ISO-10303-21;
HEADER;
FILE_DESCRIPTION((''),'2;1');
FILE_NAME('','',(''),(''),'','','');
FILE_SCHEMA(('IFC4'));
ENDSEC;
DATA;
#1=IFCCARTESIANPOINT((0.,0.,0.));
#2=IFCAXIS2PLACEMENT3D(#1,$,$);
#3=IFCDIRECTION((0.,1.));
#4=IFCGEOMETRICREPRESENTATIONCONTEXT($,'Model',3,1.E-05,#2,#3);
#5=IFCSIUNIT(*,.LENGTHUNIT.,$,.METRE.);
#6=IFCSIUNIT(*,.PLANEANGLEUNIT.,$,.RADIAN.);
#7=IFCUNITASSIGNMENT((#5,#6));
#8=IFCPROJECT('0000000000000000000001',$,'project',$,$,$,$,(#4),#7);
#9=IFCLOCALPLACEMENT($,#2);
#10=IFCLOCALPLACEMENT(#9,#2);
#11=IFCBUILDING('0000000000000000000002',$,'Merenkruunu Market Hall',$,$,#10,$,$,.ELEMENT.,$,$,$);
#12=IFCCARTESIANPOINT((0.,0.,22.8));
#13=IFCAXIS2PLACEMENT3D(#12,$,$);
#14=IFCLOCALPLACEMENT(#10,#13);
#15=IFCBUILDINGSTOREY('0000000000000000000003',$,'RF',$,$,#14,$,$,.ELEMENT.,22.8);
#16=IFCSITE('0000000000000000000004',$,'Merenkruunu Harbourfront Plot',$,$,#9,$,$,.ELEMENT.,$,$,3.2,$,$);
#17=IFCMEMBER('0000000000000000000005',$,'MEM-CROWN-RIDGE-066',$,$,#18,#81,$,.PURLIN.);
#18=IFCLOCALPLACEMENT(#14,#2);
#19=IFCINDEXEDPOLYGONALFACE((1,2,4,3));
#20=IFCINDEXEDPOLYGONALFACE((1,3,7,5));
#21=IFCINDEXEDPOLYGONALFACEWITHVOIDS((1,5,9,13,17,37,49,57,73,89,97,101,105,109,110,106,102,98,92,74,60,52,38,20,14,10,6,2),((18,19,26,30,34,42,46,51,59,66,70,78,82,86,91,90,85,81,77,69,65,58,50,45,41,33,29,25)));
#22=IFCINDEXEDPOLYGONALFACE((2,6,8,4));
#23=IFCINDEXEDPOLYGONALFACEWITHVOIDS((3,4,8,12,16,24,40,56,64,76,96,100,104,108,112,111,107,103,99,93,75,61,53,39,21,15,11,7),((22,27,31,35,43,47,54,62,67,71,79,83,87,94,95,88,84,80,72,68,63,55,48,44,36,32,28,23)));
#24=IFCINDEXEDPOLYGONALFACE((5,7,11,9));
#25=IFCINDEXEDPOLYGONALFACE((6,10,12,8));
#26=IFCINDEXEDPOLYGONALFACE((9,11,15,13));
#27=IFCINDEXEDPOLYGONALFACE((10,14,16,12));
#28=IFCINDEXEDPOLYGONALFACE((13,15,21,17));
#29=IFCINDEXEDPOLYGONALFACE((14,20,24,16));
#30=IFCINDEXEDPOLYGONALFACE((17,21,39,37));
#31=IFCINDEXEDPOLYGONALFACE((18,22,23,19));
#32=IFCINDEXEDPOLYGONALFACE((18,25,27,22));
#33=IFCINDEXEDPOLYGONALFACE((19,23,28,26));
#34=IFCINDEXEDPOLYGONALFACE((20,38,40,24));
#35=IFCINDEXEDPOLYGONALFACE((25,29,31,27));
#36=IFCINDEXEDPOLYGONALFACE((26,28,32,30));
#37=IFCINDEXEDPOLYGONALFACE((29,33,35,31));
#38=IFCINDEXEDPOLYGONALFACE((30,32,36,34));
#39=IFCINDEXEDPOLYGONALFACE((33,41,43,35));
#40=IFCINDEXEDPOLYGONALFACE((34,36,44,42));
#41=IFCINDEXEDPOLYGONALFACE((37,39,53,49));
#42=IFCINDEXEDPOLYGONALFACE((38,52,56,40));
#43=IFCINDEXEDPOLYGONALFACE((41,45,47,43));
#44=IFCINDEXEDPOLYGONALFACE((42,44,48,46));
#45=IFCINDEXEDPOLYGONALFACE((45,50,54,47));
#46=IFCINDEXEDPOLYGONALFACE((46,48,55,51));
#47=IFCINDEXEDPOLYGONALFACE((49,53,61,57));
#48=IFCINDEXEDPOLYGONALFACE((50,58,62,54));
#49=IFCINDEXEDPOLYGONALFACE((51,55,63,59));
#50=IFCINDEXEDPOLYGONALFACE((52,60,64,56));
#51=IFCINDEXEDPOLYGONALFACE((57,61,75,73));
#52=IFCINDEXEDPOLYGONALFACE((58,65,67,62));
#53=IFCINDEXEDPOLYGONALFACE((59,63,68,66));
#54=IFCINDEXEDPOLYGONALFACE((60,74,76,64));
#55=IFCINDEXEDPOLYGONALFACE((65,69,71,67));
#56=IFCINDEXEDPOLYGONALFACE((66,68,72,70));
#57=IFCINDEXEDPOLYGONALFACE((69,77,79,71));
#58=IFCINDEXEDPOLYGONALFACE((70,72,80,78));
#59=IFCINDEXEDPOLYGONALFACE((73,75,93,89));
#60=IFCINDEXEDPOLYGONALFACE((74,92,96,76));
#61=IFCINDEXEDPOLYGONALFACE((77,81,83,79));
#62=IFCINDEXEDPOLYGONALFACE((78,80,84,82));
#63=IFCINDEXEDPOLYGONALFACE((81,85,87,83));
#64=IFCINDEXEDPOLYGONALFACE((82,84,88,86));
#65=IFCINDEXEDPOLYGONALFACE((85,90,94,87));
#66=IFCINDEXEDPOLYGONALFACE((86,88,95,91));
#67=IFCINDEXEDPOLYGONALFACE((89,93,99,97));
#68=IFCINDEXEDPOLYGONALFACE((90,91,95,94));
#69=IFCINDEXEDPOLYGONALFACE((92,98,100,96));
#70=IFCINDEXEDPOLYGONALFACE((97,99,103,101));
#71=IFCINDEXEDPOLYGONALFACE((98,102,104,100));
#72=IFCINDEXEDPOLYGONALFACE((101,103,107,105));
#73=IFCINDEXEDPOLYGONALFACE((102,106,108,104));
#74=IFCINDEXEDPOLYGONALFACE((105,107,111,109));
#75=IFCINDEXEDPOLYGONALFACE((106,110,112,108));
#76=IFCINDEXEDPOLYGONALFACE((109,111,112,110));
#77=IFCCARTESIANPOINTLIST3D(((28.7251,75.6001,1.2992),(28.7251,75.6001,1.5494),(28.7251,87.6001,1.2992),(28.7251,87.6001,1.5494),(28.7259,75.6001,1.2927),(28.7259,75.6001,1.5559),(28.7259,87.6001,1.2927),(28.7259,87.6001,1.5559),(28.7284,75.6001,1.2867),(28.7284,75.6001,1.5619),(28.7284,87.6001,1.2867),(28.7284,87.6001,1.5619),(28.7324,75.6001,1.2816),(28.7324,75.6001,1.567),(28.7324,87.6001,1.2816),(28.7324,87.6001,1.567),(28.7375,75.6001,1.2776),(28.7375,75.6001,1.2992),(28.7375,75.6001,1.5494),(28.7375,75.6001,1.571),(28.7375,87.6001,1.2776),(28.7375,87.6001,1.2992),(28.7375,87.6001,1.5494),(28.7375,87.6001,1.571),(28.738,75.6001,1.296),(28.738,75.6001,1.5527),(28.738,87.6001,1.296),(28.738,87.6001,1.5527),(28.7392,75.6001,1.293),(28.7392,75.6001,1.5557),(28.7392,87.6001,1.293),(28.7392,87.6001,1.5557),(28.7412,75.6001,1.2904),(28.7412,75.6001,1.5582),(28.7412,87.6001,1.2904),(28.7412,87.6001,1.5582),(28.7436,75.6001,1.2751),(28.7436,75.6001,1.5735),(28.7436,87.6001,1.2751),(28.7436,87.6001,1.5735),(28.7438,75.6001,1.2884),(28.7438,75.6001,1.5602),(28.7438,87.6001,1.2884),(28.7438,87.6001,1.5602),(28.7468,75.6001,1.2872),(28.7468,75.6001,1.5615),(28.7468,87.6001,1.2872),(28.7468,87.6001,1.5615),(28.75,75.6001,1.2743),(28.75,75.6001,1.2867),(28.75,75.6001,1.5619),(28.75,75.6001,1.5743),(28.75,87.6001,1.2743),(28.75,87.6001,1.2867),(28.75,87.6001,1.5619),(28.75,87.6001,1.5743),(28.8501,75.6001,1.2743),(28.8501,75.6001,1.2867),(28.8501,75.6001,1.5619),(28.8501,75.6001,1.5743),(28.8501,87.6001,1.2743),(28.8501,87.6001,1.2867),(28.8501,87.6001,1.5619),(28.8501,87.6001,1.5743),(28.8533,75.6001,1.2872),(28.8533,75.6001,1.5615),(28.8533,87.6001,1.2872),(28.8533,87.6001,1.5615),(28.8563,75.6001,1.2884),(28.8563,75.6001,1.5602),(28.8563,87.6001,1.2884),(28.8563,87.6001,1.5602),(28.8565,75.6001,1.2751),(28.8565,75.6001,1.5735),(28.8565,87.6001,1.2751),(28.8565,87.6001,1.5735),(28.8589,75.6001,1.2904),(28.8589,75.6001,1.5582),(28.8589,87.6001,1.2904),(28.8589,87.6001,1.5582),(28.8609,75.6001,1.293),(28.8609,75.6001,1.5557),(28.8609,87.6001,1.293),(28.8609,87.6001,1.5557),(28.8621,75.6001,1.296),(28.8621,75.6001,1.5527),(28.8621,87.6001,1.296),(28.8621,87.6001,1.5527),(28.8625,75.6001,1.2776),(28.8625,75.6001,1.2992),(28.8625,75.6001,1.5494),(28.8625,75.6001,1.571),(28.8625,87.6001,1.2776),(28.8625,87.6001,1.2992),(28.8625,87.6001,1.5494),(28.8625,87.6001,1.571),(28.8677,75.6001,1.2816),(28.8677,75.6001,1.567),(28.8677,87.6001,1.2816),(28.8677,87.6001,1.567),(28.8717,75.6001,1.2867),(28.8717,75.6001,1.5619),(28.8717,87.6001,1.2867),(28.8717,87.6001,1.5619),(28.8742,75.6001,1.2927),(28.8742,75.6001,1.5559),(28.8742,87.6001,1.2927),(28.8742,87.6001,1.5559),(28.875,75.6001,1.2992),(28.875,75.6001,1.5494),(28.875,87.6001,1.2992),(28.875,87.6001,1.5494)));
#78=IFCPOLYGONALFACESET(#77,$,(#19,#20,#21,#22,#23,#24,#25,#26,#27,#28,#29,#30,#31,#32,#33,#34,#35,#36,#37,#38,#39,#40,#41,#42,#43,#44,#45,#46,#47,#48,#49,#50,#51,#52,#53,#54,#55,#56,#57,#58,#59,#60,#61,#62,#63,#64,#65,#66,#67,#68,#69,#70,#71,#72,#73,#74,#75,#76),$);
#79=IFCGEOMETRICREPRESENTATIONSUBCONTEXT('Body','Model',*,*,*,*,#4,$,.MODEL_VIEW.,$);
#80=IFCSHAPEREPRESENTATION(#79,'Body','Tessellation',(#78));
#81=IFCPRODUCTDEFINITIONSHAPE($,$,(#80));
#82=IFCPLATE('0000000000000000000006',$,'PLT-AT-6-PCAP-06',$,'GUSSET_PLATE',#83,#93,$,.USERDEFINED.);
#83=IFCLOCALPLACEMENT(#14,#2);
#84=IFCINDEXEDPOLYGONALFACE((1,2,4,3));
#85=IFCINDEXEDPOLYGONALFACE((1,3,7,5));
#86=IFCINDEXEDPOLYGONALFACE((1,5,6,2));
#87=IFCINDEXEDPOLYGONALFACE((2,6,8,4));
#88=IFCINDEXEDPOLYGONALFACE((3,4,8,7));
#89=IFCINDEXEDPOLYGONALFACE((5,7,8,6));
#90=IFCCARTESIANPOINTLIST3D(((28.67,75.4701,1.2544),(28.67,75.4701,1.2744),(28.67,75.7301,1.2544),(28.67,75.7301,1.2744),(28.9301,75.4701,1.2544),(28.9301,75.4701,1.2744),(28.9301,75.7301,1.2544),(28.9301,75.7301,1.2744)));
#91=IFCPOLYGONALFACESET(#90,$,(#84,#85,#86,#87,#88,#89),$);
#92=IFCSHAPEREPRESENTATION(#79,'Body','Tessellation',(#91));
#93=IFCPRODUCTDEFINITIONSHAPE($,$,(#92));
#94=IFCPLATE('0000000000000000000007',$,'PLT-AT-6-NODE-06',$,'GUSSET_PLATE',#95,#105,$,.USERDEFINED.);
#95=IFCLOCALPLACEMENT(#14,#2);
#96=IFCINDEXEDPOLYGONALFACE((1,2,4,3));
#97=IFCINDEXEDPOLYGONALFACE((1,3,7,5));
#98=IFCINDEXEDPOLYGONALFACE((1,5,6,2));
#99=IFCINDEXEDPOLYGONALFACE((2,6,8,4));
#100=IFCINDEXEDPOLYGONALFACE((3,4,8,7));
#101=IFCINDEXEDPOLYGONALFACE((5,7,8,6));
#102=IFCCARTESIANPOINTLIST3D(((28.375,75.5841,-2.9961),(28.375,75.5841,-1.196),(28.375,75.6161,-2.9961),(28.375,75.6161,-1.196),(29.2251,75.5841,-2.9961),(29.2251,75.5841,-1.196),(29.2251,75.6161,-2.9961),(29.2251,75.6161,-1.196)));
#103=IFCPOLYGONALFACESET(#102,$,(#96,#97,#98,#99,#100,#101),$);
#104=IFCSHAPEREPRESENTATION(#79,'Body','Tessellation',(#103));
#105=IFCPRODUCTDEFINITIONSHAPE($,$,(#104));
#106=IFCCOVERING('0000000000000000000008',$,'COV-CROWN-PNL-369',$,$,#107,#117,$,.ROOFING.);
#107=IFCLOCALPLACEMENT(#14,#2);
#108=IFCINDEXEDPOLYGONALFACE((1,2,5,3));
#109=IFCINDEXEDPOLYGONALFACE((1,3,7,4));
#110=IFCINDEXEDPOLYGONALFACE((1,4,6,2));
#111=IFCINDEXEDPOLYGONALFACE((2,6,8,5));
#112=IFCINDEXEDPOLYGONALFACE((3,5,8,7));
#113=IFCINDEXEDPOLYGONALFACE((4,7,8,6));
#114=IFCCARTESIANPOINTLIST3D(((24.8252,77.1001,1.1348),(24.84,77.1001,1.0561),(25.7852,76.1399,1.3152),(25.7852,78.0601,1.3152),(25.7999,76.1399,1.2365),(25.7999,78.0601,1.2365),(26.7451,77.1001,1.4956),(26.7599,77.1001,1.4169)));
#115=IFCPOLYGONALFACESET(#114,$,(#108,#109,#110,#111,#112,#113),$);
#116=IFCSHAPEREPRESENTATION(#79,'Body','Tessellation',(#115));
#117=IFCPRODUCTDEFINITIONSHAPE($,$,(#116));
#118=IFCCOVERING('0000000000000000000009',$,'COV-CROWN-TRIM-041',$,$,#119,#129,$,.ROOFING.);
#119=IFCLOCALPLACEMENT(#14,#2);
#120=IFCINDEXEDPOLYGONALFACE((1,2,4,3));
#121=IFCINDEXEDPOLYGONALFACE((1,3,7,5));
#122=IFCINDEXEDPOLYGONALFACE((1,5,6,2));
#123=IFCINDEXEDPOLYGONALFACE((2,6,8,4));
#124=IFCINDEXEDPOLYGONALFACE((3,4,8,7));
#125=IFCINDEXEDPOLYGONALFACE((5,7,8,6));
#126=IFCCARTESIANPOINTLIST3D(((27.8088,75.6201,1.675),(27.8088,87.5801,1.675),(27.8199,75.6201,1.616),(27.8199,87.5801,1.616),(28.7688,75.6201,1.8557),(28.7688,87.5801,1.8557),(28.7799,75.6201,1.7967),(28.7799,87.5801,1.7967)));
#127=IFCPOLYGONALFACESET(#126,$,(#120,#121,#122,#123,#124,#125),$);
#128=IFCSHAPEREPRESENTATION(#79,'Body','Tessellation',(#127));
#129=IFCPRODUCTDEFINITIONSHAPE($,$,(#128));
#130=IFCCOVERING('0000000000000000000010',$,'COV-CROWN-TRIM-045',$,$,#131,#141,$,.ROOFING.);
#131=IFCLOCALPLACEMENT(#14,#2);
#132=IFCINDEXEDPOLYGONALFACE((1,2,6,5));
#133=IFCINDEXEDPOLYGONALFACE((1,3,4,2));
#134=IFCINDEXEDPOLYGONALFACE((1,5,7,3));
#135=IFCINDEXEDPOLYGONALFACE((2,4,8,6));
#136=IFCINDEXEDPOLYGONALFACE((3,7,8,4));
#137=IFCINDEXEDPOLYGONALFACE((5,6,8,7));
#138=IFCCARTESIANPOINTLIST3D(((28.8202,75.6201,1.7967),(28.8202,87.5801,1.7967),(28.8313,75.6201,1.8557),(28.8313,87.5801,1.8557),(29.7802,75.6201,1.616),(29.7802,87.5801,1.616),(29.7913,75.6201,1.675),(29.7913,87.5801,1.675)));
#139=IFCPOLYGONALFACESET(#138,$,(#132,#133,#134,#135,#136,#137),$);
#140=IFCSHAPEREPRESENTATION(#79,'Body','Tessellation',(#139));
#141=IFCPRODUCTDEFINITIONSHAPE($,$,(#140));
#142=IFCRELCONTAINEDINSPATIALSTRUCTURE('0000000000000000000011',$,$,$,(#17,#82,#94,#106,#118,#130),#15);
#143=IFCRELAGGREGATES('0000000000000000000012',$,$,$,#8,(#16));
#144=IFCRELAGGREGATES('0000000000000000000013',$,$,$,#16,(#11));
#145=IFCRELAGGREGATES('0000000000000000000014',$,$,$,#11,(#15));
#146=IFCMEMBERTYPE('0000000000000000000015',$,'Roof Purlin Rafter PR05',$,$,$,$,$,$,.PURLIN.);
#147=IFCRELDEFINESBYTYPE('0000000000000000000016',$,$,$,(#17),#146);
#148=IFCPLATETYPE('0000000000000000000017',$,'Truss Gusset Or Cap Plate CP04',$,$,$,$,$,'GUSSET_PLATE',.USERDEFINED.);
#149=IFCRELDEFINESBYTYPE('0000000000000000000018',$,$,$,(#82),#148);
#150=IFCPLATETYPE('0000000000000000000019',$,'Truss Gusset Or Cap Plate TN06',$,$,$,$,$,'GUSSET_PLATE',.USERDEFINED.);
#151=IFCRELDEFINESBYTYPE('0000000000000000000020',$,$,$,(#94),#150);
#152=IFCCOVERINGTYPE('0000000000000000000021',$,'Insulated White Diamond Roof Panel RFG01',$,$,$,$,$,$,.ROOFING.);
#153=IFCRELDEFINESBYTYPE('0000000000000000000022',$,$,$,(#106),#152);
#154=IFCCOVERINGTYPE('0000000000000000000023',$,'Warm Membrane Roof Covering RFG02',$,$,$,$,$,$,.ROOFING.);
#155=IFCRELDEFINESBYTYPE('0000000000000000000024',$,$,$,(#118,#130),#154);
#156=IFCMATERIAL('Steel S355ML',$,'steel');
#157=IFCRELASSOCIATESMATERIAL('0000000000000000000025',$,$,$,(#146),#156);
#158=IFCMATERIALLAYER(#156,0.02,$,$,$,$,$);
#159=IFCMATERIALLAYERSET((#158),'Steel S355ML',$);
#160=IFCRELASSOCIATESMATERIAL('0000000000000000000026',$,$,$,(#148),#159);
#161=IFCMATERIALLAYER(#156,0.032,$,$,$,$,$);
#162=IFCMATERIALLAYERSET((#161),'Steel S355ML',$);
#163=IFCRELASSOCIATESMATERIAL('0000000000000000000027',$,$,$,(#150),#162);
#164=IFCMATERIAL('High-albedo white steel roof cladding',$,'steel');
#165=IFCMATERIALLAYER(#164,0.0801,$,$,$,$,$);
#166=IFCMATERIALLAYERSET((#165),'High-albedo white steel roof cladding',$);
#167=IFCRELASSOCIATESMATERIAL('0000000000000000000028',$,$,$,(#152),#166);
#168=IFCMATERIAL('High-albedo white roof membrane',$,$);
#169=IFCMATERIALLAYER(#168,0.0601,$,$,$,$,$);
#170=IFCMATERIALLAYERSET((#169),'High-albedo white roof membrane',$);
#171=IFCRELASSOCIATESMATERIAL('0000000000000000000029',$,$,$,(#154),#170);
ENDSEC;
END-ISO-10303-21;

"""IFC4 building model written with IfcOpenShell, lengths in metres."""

from ifc_helpers import new_model, si_unit, direction, frame, origin, origin_2d, place, context, subcontext, project, spatial, polyline, rectangle, hollow_rectangle, outline, extrude, material, layer, layer_set, material_profile, profile_set, type_object, element, save


model = new_model("IFC4")

# Units and contexts
model_context = context("Model", 3, precision=1e-05, world=origin(), true_north=direction((0.0, 1.0)))
body_context = subcontext(model_context, "Body", "Model", "MODEL_VIEW")
ifc_project = project(units=[si_unit("LENGTHUNIT", "METRE"), si_unit("PLANEANGLEUNIT", "RADIAN")], contexts=[model_context])

# Site, building, storey
site_placement = place(None, origin())
site = spatial("IfcSite", under=ifc_project, at=site_placement, Name="Merenkruunu Harbourfront Plot", CompositionType="ELEMENT", RefElevation=3.2)
building_placement = place(site_placement, origin())
building = spatial("IfcBuilding", under=site, at=building_placement, Name="Merenkruunu Market Hall", CompositionType="ELEMENT")
storey_placement = place(building_placement, frame((0.0, 0.0, 22.8)))
storey = spatial("IfcBuildingStorey", under=building, at=storey_placement, Name="RF", CompositionType="ELEMENT", Elevation=22.8)

# Member
ifc_material_1 = material(Name="Steel S355ML", Category="steel")
ifc_material_profile_1 = material_profile(ifc_material_1, hollow_rectangle(XDim=0.1499, YDim=0.3, WallThickness=0.0125, InnerFilletRadius=0.0125, OuterFilletRadius=0.0249, at=origin_2d()), Name="RHS 300x150x12.5")
ifc_profile_set_1 = profile_set([ifc_material_profile_1], Name="Steel S355ML")
member_type_1 = type_object("IfcMemberType", Name="Roof Purlin Rafter PR05", PredefinedType="PURLIN", material=ifc_profile_set_1)
member_1_placement = place(storey_placement, frame((28.8, 75.6001, 1.4243), z_axis=(0.0, 1.0, 0.0), x_axis=(-1.0, 0.0, 0.0)))
element("IfcMember", 1, at=member_1_placement, inside=storey, type_object=member_type_1, Name="MEM-CROWN-RIDGE-066", PredefinedType="PURLIN", context=body_context, shape_type="SweptSolid", body=[
    extrude(hollow_rectangle(XDim=0.1499, YDim=0.3, WallThickness=0.0125, InnerFilletRadius=0.0125, OuterFilletRadius=0.0249, at=origin_2d()), origin(), (0.0, 0.0, 1.0), 12.0),
])

# Plates
ifc_layer_1 = layer(ifc_material_1, 0.02)
ifc_layer_set_1 = layer_set([ifc_layer_1], Name="Steel S355ML")
plate_type_1 = type_object("IfcPlateType", Name="Truss Gusset Or Cap Plate CP04", ElementType="GUSSET_PLATE", PredefinedType="USERDEFINED", material=ifc_layer_set_1)
plate_1_placement = place(storey_placement, frame((28.8, 75.6001, 1.2544), z_axis=(0.0, 0.0, 1.0), x_axis=(1.0, 0.0, 0.0)))
element("IfcPlate", 2, at=plate_1_placement, inside=storey, type_object=plate_type_1, Name="PLT-AT-6-PCAP-06", ObjectType="GUSSET_PLATE", PredefinedType="USERDEFINED", context=body_context, shape_type="SweptSolid", body=[
    extrude(rectangle(XDim=0.26, YDim=0.26, at=origin_2d()), origin(), (0.0, 0.0, 1.0), 0.02),
])
ifc_layer_2 = layer(ifc_material_1, 0.032)
ifc_layer_set_2 = layer_set([ifc_layer_2], Name="Steel S355ML")
plate_type_2 = type_object("IfcPlateType", Name="Truss Gusset Or Cap Plate TN06", ElementType="GUSSET_PLATE", PredefinedType="USERDEFINED", material=ifc_layer_set_2)
plate_2_placement = place(storey_placement, frame((28.8, 75.6001, -2.9961), z_axis=(0.0, 0.0, 1.0), x_axis=(1.0, 0.0, 0.0)))
element("IfcPlate", 3, at=plate_2_placement, inside=storey, type_object=plate_type_2, Name="PLT-AT-6-NODE-06", ObjectType="GUSSET_PLATE", PredefinedType="USERDEFINED", context=body_context, shape_type="SweptSolid", body=[
    extrude(rectangle(XDim=0.8501, YDim=0.032, at=origin_2d()), origin(), (0.0, 0.0, 1.0), 1.8),
])

# Coverings
ifc_material_2 = material(Name="High-albedo white steel roof cladding", Category="steel")
ifc_layer_3 = layer(ifc_material_2, 0.0801)
ifc_layer_set_3 = layer_set([ifc_layer_3], Name="High-albedo white steel roof cladding")
covering_type_1 = type_object("IfcCoveringType", Name="Insulated White Diamond Roof Panel RFG01", PredefinedType="ROOFING", material=ifc_layer_set_3)
covering_placement = place(storey_placement, frame((24.8252, 77.1001, 1.1348), z_axis=(-0.184711, 0.0, 0.982793), x_axis=(0.700856, -0.701035, 0.131722)))
element("IfcCovering", 4, at=covering_placement, inside=storey, type_object=covering_type_1, Name="COV-CROWN-PNL-369", PredefinedType="ROOFING", context=body_context, shape_type="SweptSolid", body=[
    extrude(outline(polyline([(0.0, 0.0), (1.3697, 0.0), (1.3931, 1.3695), (0.0236, 1.3693), (0.0, 0.0)])), origin(), (0.0, 0.0, -1.0), 0.0801),
])
ifc_material_3 = material(Name="High-albedo white roof membrane")
ifc_layer_4 = layer(ifc_material_3, 0.0601)
ifc_layer_set_4 = layer_set([ifc_layer_4], Name="High-albedo white roof membrane")
covering_type_2 = type_object("IfcCoveringType", Name="Warm Membrane Roof Covering RFG02", PredefinedType="ROOFING", material=ifc_layer_set_4)
for number, where, z_axis, x_axis, name in (
    (5, (27.8088, 75.6201, 1.675), (-0.184952, 0.0, 0.982747), (0.982747, 0.0, 0.184952), "COV-CROWN-TRIM-041"),
    (6, (28.8313, 75.6201, 1.8557), (0.184952, 0.0, 0.982747), (0.982747, 0.0, -0.184952), "COV-CROWN-TRIM-045"),
):
    element("IfcCovering", number, at=place(storey_placement, frame(where, z_axis=z_axis, x_axis=x_axis)), inside=storey, type_object=covering_type_2, Name=name, PredefinedType="ROOFING", context=body_context, shape_type="SweptSolid", body=[
        extrude(outline(polyline([(0.0, 0.0), (0.9768, 0.0), (0.9768, 11.96), (0.0, 11.96), (0.0, 0.0)])), origin(), (0.0, 0.0, -1.0), 0.0601),
    ])

save(model, "model.ifc")
